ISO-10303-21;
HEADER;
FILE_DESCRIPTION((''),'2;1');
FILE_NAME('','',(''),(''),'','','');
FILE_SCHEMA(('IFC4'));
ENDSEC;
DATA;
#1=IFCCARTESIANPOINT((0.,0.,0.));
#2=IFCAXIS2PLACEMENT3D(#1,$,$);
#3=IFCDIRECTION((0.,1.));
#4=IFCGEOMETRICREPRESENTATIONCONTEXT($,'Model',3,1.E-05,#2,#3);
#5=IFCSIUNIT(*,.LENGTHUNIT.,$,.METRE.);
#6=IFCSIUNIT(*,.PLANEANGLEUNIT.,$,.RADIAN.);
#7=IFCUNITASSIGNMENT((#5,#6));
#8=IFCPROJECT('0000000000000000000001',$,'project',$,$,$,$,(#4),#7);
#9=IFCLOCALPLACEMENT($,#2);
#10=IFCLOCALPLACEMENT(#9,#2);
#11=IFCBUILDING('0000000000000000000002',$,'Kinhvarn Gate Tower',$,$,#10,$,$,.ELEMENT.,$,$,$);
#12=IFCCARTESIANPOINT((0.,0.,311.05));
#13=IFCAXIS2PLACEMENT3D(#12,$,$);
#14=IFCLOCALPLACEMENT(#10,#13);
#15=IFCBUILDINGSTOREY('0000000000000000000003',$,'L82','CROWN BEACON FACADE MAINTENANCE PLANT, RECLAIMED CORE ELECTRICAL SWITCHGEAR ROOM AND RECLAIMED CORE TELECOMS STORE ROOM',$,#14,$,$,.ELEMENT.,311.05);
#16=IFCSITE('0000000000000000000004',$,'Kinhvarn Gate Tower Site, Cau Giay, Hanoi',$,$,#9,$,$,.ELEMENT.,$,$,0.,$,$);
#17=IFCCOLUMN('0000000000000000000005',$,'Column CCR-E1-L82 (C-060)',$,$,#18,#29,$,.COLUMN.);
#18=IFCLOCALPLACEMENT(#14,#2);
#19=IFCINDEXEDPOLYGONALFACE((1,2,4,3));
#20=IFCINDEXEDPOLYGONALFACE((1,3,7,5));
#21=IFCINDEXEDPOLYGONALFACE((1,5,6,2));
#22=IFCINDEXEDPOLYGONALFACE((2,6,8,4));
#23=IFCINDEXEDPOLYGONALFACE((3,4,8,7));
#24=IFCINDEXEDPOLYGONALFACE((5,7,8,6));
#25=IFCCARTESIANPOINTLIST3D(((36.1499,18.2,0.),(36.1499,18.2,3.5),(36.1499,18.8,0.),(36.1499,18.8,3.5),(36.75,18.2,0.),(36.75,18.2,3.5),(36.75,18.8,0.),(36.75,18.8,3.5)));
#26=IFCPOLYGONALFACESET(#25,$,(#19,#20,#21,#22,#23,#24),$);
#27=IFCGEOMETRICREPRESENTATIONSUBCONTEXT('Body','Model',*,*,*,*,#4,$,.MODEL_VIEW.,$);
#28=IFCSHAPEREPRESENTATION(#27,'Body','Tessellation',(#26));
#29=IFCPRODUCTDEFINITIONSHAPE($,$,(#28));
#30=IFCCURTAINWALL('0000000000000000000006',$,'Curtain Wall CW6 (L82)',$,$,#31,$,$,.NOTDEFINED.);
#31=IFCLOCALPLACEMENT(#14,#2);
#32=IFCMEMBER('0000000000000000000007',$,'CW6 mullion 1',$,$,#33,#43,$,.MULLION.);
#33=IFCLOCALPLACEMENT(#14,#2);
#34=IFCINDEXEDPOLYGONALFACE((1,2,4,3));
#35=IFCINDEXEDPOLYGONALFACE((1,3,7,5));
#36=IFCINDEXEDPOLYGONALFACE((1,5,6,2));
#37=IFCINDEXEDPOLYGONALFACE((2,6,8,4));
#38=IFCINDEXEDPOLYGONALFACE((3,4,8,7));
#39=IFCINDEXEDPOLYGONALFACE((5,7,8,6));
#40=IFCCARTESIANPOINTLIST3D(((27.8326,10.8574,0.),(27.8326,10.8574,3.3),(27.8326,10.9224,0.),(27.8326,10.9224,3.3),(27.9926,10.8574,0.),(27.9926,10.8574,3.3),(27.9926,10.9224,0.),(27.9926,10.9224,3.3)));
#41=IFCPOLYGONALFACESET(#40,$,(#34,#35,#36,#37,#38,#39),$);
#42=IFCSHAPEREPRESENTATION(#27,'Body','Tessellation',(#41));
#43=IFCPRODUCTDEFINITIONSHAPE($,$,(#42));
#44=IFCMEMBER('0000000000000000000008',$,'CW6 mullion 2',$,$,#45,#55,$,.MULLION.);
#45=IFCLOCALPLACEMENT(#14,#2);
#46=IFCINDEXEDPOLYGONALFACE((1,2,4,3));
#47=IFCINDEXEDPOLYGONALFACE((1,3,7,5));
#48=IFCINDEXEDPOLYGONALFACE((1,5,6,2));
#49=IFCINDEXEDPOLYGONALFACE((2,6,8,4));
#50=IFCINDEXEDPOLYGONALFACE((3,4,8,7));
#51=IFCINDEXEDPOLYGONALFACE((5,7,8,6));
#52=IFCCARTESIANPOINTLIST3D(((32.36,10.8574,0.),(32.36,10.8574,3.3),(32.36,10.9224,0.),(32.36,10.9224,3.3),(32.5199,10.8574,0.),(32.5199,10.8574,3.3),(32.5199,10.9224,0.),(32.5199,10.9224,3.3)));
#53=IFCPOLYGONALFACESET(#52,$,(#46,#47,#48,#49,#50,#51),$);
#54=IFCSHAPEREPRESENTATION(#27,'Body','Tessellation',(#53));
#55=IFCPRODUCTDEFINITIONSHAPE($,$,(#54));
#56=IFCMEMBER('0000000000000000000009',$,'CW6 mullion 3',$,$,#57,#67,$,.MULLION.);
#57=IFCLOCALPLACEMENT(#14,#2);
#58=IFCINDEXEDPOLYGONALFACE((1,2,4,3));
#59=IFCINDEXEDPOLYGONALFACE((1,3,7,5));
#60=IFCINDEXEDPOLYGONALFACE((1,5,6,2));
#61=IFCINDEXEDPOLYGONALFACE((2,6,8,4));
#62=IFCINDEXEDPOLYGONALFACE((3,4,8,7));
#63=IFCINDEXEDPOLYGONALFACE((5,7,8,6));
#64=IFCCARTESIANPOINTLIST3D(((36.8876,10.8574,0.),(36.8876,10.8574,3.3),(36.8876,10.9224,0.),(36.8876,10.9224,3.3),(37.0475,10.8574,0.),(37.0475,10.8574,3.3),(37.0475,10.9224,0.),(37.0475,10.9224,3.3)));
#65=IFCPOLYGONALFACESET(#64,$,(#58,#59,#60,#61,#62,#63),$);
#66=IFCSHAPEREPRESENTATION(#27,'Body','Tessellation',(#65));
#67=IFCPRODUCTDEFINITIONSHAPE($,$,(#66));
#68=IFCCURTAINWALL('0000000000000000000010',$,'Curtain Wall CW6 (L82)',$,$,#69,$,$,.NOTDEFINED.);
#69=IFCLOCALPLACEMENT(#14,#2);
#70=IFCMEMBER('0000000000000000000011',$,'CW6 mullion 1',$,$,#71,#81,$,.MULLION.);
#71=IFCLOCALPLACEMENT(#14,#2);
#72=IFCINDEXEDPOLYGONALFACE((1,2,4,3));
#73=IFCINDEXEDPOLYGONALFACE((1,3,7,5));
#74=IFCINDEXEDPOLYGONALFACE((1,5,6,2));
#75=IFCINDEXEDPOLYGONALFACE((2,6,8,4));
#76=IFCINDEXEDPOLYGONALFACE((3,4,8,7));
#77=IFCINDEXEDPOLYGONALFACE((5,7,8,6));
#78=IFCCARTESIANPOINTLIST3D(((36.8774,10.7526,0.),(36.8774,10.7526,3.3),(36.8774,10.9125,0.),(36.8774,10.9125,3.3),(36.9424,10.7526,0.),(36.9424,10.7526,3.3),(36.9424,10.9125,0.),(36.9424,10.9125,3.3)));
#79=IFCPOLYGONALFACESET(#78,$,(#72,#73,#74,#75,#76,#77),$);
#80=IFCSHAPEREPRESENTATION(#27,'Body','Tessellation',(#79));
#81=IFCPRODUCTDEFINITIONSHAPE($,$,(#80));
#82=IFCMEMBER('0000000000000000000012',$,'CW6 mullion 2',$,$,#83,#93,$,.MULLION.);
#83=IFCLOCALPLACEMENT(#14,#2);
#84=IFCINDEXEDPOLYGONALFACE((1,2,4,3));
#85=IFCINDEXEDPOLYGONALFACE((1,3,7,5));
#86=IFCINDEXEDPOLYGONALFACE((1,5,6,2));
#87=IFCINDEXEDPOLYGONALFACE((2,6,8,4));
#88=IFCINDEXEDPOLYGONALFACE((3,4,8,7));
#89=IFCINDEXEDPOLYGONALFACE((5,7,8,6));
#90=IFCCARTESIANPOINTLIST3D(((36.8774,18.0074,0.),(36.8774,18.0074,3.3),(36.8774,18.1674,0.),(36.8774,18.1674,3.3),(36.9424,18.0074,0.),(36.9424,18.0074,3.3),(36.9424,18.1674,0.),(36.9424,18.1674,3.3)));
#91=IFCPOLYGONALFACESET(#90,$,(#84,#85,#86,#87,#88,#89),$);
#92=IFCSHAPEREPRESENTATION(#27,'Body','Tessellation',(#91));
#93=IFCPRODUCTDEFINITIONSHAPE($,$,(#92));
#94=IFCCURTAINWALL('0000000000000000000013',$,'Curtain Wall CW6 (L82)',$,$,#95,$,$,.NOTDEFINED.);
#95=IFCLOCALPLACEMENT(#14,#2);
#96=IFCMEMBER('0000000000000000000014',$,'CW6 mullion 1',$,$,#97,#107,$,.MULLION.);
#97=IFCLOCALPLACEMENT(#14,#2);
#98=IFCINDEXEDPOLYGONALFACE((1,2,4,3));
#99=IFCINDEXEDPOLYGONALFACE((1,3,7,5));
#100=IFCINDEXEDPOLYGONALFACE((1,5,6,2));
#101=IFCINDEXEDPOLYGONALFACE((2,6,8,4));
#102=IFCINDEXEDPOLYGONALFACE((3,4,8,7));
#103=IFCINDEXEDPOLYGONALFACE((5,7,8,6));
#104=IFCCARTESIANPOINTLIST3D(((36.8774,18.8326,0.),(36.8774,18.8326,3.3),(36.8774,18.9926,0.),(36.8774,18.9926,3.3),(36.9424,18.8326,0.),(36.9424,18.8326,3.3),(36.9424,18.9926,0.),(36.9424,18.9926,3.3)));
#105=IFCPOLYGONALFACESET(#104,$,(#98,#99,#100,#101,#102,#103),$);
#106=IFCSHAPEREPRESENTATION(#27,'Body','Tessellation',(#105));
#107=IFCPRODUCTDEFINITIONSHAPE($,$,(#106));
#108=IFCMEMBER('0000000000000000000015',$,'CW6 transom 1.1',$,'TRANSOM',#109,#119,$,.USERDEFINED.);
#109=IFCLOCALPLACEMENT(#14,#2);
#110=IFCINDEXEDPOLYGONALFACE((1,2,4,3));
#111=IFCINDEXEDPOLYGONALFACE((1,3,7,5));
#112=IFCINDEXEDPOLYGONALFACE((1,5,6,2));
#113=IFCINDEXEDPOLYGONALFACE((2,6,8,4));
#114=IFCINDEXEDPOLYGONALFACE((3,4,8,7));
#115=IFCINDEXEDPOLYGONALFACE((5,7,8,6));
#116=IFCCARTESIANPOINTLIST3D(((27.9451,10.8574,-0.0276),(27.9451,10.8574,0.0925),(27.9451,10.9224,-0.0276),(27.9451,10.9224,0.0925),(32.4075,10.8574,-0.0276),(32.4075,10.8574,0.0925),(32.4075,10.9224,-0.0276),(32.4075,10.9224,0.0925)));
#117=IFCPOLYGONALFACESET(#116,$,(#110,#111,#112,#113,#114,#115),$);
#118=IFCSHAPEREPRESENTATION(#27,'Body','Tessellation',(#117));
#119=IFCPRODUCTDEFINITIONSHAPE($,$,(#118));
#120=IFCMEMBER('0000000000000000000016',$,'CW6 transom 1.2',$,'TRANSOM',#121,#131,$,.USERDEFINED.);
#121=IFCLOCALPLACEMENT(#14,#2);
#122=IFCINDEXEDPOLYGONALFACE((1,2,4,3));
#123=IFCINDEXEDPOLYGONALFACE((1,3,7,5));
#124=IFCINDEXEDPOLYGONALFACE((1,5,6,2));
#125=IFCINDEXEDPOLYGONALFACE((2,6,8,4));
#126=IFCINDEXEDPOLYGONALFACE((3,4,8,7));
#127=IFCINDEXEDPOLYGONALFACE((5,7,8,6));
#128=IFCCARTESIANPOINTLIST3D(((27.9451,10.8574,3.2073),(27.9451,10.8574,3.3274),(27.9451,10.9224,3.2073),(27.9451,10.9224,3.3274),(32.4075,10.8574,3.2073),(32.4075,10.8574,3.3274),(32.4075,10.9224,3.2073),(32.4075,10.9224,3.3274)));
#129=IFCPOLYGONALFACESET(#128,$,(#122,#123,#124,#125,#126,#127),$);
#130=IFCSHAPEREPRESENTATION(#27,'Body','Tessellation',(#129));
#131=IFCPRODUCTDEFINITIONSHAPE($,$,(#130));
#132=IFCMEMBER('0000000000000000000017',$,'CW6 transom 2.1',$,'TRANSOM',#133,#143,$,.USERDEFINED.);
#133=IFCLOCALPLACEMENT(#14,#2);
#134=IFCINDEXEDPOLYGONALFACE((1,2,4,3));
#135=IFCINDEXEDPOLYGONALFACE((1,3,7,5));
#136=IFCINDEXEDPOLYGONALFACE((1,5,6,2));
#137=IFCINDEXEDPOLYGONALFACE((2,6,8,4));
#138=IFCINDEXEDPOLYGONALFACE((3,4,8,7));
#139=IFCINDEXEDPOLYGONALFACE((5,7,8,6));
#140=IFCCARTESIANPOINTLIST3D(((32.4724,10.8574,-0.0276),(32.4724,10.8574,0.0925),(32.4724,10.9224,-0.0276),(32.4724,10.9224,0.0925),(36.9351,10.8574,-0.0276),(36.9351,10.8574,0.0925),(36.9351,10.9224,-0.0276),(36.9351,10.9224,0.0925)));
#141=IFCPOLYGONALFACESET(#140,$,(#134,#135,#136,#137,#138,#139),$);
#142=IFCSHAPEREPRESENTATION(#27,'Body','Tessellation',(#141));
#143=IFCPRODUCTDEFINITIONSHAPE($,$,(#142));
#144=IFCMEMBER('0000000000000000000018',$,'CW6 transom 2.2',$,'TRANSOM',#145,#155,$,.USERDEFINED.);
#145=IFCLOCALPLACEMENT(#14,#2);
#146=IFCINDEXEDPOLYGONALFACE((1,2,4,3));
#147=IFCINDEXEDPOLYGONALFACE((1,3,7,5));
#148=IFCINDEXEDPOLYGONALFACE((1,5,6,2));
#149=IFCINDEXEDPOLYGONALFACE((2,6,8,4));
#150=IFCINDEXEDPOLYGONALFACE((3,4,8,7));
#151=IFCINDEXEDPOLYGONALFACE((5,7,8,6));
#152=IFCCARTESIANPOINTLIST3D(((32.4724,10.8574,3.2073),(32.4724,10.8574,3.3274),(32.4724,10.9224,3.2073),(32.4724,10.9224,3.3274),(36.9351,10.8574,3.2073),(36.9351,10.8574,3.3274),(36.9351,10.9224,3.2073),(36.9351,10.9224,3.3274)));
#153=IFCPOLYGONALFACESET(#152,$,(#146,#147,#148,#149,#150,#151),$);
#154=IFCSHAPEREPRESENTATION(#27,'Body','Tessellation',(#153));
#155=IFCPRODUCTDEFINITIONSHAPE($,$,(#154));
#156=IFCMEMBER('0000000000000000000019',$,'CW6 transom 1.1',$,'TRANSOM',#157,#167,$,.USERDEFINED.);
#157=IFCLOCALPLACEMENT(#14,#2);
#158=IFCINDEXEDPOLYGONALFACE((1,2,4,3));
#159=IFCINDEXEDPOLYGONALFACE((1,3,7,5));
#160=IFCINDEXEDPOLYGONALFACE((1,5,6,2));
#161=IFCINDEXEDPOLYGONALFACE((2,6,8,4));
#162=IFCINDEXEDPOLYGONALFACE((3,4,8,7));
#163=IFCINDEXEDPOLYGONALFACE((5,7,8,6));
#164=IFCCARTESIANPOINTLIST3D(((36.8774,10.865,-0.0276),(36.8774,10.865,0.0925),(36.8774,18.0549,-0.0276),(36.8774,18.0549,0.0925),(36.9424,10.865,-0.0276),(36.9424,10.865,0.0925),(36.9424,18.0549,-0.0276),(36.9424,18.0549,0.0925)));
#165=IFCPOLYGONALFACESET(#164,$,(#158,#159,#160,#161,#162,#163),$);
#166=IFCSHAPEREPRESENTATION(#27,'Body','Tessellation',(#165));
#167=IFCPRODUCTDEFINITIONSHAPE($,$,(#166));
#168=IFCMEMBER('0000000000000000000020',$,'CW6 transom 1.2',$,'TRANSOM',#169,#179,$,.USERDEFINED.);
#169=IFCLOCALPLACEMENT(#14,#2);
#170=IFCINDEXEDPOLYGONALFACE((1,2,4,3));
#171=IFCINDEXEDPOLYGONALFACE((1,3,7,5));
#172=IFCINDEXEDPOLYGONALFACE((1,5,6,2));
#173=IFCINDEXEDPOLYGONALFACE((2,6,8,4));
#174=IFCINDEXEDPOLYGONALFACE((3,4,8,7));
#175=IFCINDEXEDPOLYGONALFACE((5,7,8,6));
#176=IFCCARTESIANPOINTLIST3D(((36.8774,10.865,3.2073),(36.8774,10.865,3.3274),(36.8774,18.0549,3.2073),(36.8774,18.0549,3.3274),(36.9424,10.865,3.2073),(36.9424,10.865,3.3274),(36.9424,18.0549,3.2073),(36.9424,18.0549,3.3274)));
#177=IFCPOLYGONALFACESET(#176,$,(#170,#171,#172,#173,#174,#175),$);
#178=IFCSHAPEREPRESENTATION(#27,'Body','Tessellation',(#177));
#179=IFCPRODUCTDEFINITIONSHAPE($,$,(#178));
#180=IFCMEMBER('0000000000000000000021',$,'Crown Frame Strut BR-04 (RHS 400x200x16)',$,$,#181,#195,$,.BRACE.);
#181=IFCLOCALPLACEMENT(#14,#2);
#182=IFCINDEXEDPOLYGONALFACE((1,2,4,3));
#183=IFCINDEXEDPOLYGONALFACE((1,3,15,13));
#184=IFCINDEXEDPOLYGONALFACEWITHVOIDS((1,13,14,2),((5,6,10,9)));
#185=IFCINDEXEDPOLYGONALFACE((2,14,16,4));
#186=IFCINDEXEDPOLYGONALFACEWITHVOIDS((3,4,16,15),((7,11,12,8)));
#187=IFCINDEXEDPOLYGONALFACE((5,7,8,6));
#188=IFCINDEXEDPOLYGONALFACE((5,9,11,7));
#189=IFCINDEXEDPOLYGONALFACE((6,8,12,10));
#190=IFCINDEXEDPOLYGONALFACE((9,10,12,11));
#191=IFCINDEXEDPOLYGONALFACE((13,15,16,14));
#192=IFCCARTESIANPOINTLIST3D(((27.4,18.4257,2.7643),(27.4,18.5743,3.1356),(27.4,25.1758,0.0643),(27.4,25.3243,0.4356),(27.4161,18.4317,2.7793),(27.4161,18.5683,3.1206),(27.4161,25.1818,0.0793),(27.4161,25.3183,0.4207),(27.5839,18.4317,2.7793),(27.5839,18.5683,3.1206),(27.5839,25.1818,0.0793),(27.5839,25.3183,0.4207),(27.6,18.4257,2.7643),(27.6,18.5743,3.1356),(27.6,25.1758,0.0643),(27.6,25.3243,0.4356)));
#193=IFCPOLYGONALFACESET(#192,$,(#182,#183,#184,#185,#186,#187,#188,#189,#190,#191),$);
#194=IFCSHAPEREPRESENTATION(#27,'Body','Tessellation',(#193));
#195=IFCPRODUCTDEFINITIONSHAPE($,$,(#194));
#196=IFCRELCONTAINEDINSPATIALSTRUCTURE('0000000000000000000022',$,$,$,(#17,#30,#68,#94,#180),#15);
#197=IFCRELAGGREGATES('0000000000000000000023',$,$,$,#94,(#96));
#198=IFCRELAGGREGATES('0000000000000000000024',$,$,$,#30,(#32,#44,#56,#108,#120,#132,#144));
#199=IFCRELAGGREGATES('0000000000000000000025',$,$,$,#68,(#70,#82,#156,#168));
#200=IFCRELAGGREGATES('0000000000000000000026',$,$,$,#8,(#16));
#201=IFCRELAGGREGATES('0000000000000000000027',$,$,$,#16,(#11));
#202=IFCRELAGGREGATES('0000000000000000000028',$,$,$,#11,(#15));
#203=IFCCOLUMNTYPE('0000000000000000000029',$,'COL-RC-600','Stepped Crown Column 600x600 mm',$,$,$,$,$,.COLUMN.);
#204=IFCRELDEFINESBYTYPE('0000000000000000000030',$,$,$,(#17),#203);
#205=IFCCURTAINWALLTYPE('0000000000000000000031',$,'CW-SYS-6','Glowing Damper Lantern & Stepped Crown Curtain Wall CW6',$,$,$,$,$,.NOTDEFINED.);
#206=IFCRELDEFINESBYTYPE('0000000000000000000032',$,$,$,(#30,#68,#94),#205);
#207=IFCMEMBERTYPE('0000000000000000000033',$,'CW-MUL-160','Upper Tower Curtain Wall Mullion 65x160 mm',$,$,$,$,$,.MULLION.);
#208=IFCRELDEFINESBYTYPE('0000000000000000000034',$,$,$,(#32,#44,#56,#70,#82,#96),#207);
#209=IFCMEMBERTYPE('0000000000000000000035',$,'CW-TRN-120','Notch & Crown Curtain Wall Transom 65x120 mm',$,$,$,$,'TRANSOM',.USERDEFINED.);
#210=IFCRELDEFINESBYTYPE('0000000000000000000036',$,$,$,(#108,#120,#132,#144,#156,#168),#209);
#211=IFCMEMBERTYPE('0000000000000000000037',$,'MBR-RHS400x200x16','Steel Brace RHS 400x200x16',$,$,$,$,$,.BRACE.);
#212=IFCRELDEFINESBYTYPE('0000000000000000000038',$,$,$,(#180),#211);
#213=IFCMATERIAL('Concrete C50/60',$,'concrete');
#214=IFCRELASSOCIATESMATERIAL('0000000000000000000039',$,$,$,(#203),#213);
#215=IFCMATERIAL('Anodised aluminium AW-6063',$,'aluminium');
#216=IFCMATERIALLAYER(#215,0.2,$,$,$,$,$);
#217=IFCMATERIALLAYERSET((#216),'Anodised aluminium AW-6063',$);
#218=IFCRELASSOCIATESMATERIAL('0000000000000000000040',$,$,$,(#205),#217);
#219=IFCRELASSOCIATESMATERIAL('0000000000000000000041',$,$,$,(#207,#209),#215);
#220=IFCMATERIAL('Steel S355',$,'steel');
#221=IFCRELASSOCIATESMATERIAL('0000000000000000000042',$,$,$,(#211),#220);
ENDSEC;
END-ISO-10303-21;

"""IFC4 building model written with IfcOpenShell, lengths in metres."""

from ifc_helpers import new_model, si_unit, direction, frame, origin, origin_2d, place, context, subcontext, project, spatial, rectangle, hollow_rectangle, extrude, material, layer, layer_set, material_profile, profile_set, type_object, element, aggregate, save


model = new_model("IFC4")

# Units and contexts
model_context = context("Model", 3, precision=1e-05, world=origin(), true_north=direction((0.0, 1.0)))
body_context = subcontext(model_context, "Body", "Model", "MODEL_VIEW")
ifc_project = project(units=[si_unit("LENGTHUNIT", "METRE"), si_unit("PLANEANGLEUNIT", "RADIAN")], contexts=[model_context])

# Site, building, storey
site_placement = place(None, origin())
site = spatial("IfcSite", under=ifc_project, at=site_placement, Name="Kinhvarn Gate Tower Site, Cau Giay, Hanoi", CompositionType="ELEMENT", RefElevation=0.0)
building_placement = place(site_placement, origin())
building = spatial("IfcBuilding", under=site, at=building_placement, Name="Kinhvarn Gate Tower", CompositionType="ELEMENT")
storey_placement = place(building_placement, frame((0.0, 0.0, 311.05)))
storey = spatial("IfcBuildingStorey", under=building, at=storey_placement, Name="L82", Description="CROWN BEACON FACADE MAINTENANCE PLANT, RECLAIMED CORE ELECTRICAL SWITCHGEAR ROOM AND RECLAIMED CORE TELECOMS STORE ROOM", CompositionType="ELEMENT", Elevation=311.05)

# Column
ifc_material_1 = material(Name="Concrete C50/60", Category="concrete")
ifc_material_profile_1 = material_profile(ifc_material_1, rectangle(XDim=0.6001, YDim=0.6001, at=origin_2d()), Name="RC 600x600")
ifc_profile_set_1 = profile_set([ifc_material_profile_1], Name="Concrete C50/60")
column_type = type_object("IfcColumnType", Name="COL-RC-600", Description="Stepped Crown Column 600x600 mm", PredefinedType="COLUMN", material=ifc_profile_set_1)
column_placement = place(storey_placement, frame((36.45, 18.5, 0.0), z_axis=(0.0, 0.0, 1.0), x_axis=(1.0, 0.0, 0.0)))
element("IfcColumn", 1, at=column_placement, inside=storey, type_object=column_type, Name="Column CCR-E1-L82 (C-060)", PredefinedType="COLUMN", context=body_context, shape_type="SweptSolid", body=[
    extrude(rectangle(XDim=0.6001, YDim=0.6001, at=origin_2d()), origin(), (0.0, 0.0, 1.0), 3.5),
])

# Curtain walls, members
ifc_material_2 = material(Name="Anodised aluminium AW-6063", Category="aluminium")
ifc_layer_1 = layer(ifc_material_2, 0.2)
ifc_layer_set_1 = layer_set([ifc_layer_1], Name="Anodised aluminium AW-6063")
curtain_wall_type = type_object("IfcCurtainWallType", Name="CW-SYS-6", Description="Glowing Damper Lantern & Stepped Crown Curtain Wall CW6", PredefinedType="NOTDEFINED", material=ifc_layer_set_1)
curtain_wall_1_placement = place(storey_placement, origin())
curtain_wall_1 = element("IfcCurtainWall", 2, at=curtain_wall_1_placement, inside=storey, type_object=curtain_wall_type, Name="Curtain Wall CW6 (L82)", PredefinedType="NOTDEFINED")
ifc_material_profile_2 = material_profile(ifc_material_2, rectangle(XDim=0.0649, YDim=0.1599, at=origin_2d()), Name="ALU 65x160")
ifc_profile_set_2 = profile_set([ifc_material_profile_2], Name="Anodised aluminium AW-6063")
member_type_1 = type_object("IfcMemberType", Name="CW-MUL-160", Description="Upper Tower Curtain Wall Mullion 65x160 mm", PredefinedType="MULLION", material=ifc_profile_set_2)
member_1_placement = place(storey_placement, frame((27.9126, 10.8899, 0.0), z_axis=(0.0, 0.0, 1.0), x_axis=(0.0, 1.0, 0.0)))
member_1 = element("IfcMember", 3, at=member_1_placement, type_object=member_type_1, Name="CW6 mullion 1", PredefinedType="MULLION", context=body_context, shape_type="SweptSolid", body=[
    extrude(rectangle(XDim=0.0649, YDim=0.1599, at=origin_2d()), origin(), (0.0, 0.0, 1.0), 3.3),
])
member_2_placement = place(storey_placement, frame((32.4399, 10.8899, 0.0), z_axis=(0.0, 0.0, 1.0), x_axis=(0.0, 1.0, 0.0)))
member_2 = element("IfcMember", 4, at=member_2_placement, type_object=member_type_1, Name="CW6 mullion 2", PredefinedType="MULLION", context=body_context, shape_type="SweptSolid", body=[
    extrude(rectangle(XDim=0.0649, YDim=0.1599, at=origin_2d()), origin(), (0.0, 0.0, 1.0), 3.3),
])
member_3_placement = place(storey_placement, frame((36.9675, 10.8899, 0.0), z_axis=(0.0, 0.0, 1.0), x_axis=(0.0, 1.0, 0.0)))
member_3 = element("IfcMember", 5, at=member_3_placement, type_object=member_type_1, Name="CW6 mullion 3", PredefinedType="MULLION", context=body_context, shape_type="SweptSolid", body=[
    extrude(rectangle(XDim=0.0649, YDim=0.1599, at=origin_2d()), origin(), (0.0, 0.0, 1.0), 3.3),
])
curtain_wall_2_placement = place(storey_placement, origin())
curtain_wall_2 = element("IfcCurtainWall", 6, at=curtain_wall_2_placement, inside=storey, type_object=curtain_wall_type, Name="Curtain Wall CW6 (L82)", PredefinedType="NOTDEFINED")
member_4_placement = place(storey_placement, frame((36.9099, 10.8325, 0.0), z_axis=(0.0, 0.0, 1.0), x_axis=(-1.0, 0.0, 0.0)))
member_4 = element("IfcMember", 7, at=member_4_placement, type_object=member_type_1, Name="CW6 mullion 1", PredefinedType="MULLION", context=body_context, shape_type="SweptSolid", body=[
    extrude(rectangle(XDim=0.0649, YDim=0.1599, at=origin_2d()), origin(), (0.0, 0.0, 1.0), 3.3),
])
member_5_placement = place(storey_placement, frame((36.9099, 18.0874, 0.0), z_axis=(0.0, 0.0, 1.0), x_axis=(-1.0, 0.0, 0.0)))
member_5 = element("IfcMember", 8, at=member_5_placement, type_object=member_type_1, Name="CW6 mullion 2", PredefinedType="MULLION", context=body_context, shape_type="SweptSolid", body=[
    extrude(rectangle(XDim=0.0649, YDim=0.1599, at=origin_2d()), origin(), (0.0, 0.0, 1.0), 3.3),
])

# Curtain wall, member
curtain_wall_3_placement = place(storey_placement, origin())
curtain_wall_3 = element("IfcCurtainWall", 9, at=curtain_wall_3_placement, inside=storey, type_object=curtain_wall_type, Name="Curtain Wall CW6 (L82)", PredefinedType="NOTDEFINED")
member_6_placement = place(storey_placement, frame((36.9099, 18.9126, 0.0), z_axis=(0.0, 0.0, 1.0), x_axis=(-1.0, 0.0, 0.0)))
member_6 = element("IfcMember", 10, at=member_6_placement, type_object=member_type_1, Name="CW6 mullion 1", PredefinedType="MULLION", context=body_context, shape_type="SweptSolid", body=[
    extrude(rectangle(XDim=0.0649, YDim=0.1599, at=origin_2d()), origin(), (0.0, 0.0, 1.0), 3.3),
])
aggregate(curtain_wall_3, [member_6])

# Members
ifc_material_profile_3 = material_profile(ifc_material_2, rectangle(XDim=0.0649, YDim=0.1201, at=origin_2d()), Name="ALU 65x120")
ifc_profile_set_3 = profile_set([ifc_material_profile_3], Name="Anodised aluminium AW-6063")
member_type_2 = type_object("IfcMemberType", Name="CW-TRN-120", Description="Notch & Crown Curtain Wall Transom 65x120 mm", ElementType="TRANSOM", PredefinedType="USERDEFINED", material=ifc_profile_set_3)
member_7_placement = place(storey_placement, frame((27.9451, 10.8899, 0.0325), z_axis=(1.0, 0.0, 0.0), x_axis=(0.0, 1.0, 0.0)))
member_7 = element("IfcMember", 11, at=member_7_placement, type_object=member_type_2, Name="CW6 transom 1.1", ObjectType="TRANSOM", PredefinedType="USERDEFINED", context=body_context, shape_type="SweptSolid", body=[
    extrude(rectangle(XDim=0.0649, YDim=0.1201, at=origin_2d()), origin(), (0.0, 0.0, 1.0), 4.4624),
])
member_8_placement = place(storey_placement, frame((27.9451, 10.8899, 3.2673), z_axis=(1.0, 0.0, 0.0), x_axis=(0.0, 1.0, 0.0)))
member_8 = element("IfcMember", 12, at=member_8_placement, type_object=member_type_2, Name="CW6 transom 1.2", ObjectType="TRANSOM", PredefinedType="USERDEFINED", context=body_context, shape_type="SweptSolid", body=[
    extrude(rectangle(XDim=0.0649, YDim=0.1201, at=origin_2d()), origin(), (0.0, 0.0, 1.0), 4.4624),
])
member_9_placement = place(storey_placement, frame((32.4724, 10.8899, 0.0325), z_axis=(1.0, 0.0, 0.0), x_axis=(0.0, 1.0, 0.0)))
member_9 = element("IfcMember", 13, at=member_9_placement, type_object=member_type_2, Name="CW6 transom 2.1", ObjectType="TRANSOM", PredefinedType="USERDEFINED", context=body_context, shape_type="SweptSolid", body=[
    extrude(rectangle(XDim=0.0649, YDim=0.1201, at=origin_2d()), origin(), (0.0, 0.0, 1.0), 4.4626),
])
member_10_placement = place(storey_placement, frame((32.4724, 10.8899, 3.2673), z_axis=(1.0, 0.0, 0.0), x_axis=(0.0, 1.0, 0.0)))
member_10 = element("IfcMember", 14, at=member_10_placement, type_object=member_type_2, Name="CW6 transom 2.2", ObjectType="TRANSOM", PredefinedType="USERDEFINED", context=body_context, shape_type="SweptSolid", body=[
    extrude(rectangle(XDim=0.0649, YDim=0.1201, at=origin_2d()), origin(), (0.0, 0.0, 1.0), 4.4626),
])
member_11_placement = place(storey_placement, frame((36.9099, 10.865, 0.0325), z_axis=(0.0, 1.0, 0.0), x_axis=(-1.0, 0.0, 0.0)))
member_11 = element("IfcMember", 15, at=member_11_placement, type_object=member_type_2, Name="CW6 transom 1.1", ObjectType="TRANSOM", PredefinedType="USERDEFINED", context=body_context, shape_type="SweptSolid", body=[
    extrude(rectangle(XDim=0.0649, YDim=0.1201, at=origin_2d()), origin(), (0.0, 0.0, 1.0), 7.1899),
])
member_12_placement = place(storey_placement, frame((36.9099, 10.865, 3.2673), z_axis=(0.0, 1.0, 0.0), x_axis=(-1.0, 0.0, 0.0)))
member_12 = element("IfcMember", 16, at=member_12_placement, type_object=member_type_2, Name="CW6 transom 1.2", ObjectType="TRANSOM", PredefinedType="USERDEFINED", context=body_context, shape_type="SweptSolid", body=[
    extrude(rectangle(XDim=0.0649, YDim=0.1201, at=origin_2d()), origin(), (0.0, 0.0, 1.0), 7.1899),
])
ifc_material_3 = material(Name="Steel S355", Category="steel")
ifc_material_profile_4 = material_profile(ifc_material_3, hollow_rectangle(XDim=0.2, YDim=0.3999, WallThickness=0.0161, at=origin_2d()), Name="RHS 400x200x16")
ifc_profile_set_4 = profile_set([ifc_material_profile_4], Name="Steel S355")
member_type_3 = type_object("IfcMemberType", Name="MBR-RHS400x200x16", Description="Steel Brace RHS 400x200x16", PredefinedType="BRACE", material=ifc_profile_set_4)
member_13_placement = place(storey_placement, frame((27.5, 18.5, 2.95), z_axis=(0.0, 0.928479, -0.371385), x_axis=(-1.0, 0.0, 0.0)))
element("IfcMember", 17, at=member_13_placement, inside=storey, type_object=member_type_3, Name="Crown Frame Strut BR-04 (RHS 400x200x16)", PredefinedType="BRACE", context=body_context, shape_type="SweptSolid", body=[
    extrude(hollow_rectangle(XDim=0.2, YDim=0.3999, WallThickness=0.0161, at=origin_2d()), origin(), (0.0, 0.0, 1.0), 7.27),
])

aggregate(curtain_wall_1, [member_1, member_2, member_3, member_7, member_8, member_9, member_10])
aggregate(curtain_wall_2, [member_4, member_5, member_11, member_12])

save(model, "model.ifc")
